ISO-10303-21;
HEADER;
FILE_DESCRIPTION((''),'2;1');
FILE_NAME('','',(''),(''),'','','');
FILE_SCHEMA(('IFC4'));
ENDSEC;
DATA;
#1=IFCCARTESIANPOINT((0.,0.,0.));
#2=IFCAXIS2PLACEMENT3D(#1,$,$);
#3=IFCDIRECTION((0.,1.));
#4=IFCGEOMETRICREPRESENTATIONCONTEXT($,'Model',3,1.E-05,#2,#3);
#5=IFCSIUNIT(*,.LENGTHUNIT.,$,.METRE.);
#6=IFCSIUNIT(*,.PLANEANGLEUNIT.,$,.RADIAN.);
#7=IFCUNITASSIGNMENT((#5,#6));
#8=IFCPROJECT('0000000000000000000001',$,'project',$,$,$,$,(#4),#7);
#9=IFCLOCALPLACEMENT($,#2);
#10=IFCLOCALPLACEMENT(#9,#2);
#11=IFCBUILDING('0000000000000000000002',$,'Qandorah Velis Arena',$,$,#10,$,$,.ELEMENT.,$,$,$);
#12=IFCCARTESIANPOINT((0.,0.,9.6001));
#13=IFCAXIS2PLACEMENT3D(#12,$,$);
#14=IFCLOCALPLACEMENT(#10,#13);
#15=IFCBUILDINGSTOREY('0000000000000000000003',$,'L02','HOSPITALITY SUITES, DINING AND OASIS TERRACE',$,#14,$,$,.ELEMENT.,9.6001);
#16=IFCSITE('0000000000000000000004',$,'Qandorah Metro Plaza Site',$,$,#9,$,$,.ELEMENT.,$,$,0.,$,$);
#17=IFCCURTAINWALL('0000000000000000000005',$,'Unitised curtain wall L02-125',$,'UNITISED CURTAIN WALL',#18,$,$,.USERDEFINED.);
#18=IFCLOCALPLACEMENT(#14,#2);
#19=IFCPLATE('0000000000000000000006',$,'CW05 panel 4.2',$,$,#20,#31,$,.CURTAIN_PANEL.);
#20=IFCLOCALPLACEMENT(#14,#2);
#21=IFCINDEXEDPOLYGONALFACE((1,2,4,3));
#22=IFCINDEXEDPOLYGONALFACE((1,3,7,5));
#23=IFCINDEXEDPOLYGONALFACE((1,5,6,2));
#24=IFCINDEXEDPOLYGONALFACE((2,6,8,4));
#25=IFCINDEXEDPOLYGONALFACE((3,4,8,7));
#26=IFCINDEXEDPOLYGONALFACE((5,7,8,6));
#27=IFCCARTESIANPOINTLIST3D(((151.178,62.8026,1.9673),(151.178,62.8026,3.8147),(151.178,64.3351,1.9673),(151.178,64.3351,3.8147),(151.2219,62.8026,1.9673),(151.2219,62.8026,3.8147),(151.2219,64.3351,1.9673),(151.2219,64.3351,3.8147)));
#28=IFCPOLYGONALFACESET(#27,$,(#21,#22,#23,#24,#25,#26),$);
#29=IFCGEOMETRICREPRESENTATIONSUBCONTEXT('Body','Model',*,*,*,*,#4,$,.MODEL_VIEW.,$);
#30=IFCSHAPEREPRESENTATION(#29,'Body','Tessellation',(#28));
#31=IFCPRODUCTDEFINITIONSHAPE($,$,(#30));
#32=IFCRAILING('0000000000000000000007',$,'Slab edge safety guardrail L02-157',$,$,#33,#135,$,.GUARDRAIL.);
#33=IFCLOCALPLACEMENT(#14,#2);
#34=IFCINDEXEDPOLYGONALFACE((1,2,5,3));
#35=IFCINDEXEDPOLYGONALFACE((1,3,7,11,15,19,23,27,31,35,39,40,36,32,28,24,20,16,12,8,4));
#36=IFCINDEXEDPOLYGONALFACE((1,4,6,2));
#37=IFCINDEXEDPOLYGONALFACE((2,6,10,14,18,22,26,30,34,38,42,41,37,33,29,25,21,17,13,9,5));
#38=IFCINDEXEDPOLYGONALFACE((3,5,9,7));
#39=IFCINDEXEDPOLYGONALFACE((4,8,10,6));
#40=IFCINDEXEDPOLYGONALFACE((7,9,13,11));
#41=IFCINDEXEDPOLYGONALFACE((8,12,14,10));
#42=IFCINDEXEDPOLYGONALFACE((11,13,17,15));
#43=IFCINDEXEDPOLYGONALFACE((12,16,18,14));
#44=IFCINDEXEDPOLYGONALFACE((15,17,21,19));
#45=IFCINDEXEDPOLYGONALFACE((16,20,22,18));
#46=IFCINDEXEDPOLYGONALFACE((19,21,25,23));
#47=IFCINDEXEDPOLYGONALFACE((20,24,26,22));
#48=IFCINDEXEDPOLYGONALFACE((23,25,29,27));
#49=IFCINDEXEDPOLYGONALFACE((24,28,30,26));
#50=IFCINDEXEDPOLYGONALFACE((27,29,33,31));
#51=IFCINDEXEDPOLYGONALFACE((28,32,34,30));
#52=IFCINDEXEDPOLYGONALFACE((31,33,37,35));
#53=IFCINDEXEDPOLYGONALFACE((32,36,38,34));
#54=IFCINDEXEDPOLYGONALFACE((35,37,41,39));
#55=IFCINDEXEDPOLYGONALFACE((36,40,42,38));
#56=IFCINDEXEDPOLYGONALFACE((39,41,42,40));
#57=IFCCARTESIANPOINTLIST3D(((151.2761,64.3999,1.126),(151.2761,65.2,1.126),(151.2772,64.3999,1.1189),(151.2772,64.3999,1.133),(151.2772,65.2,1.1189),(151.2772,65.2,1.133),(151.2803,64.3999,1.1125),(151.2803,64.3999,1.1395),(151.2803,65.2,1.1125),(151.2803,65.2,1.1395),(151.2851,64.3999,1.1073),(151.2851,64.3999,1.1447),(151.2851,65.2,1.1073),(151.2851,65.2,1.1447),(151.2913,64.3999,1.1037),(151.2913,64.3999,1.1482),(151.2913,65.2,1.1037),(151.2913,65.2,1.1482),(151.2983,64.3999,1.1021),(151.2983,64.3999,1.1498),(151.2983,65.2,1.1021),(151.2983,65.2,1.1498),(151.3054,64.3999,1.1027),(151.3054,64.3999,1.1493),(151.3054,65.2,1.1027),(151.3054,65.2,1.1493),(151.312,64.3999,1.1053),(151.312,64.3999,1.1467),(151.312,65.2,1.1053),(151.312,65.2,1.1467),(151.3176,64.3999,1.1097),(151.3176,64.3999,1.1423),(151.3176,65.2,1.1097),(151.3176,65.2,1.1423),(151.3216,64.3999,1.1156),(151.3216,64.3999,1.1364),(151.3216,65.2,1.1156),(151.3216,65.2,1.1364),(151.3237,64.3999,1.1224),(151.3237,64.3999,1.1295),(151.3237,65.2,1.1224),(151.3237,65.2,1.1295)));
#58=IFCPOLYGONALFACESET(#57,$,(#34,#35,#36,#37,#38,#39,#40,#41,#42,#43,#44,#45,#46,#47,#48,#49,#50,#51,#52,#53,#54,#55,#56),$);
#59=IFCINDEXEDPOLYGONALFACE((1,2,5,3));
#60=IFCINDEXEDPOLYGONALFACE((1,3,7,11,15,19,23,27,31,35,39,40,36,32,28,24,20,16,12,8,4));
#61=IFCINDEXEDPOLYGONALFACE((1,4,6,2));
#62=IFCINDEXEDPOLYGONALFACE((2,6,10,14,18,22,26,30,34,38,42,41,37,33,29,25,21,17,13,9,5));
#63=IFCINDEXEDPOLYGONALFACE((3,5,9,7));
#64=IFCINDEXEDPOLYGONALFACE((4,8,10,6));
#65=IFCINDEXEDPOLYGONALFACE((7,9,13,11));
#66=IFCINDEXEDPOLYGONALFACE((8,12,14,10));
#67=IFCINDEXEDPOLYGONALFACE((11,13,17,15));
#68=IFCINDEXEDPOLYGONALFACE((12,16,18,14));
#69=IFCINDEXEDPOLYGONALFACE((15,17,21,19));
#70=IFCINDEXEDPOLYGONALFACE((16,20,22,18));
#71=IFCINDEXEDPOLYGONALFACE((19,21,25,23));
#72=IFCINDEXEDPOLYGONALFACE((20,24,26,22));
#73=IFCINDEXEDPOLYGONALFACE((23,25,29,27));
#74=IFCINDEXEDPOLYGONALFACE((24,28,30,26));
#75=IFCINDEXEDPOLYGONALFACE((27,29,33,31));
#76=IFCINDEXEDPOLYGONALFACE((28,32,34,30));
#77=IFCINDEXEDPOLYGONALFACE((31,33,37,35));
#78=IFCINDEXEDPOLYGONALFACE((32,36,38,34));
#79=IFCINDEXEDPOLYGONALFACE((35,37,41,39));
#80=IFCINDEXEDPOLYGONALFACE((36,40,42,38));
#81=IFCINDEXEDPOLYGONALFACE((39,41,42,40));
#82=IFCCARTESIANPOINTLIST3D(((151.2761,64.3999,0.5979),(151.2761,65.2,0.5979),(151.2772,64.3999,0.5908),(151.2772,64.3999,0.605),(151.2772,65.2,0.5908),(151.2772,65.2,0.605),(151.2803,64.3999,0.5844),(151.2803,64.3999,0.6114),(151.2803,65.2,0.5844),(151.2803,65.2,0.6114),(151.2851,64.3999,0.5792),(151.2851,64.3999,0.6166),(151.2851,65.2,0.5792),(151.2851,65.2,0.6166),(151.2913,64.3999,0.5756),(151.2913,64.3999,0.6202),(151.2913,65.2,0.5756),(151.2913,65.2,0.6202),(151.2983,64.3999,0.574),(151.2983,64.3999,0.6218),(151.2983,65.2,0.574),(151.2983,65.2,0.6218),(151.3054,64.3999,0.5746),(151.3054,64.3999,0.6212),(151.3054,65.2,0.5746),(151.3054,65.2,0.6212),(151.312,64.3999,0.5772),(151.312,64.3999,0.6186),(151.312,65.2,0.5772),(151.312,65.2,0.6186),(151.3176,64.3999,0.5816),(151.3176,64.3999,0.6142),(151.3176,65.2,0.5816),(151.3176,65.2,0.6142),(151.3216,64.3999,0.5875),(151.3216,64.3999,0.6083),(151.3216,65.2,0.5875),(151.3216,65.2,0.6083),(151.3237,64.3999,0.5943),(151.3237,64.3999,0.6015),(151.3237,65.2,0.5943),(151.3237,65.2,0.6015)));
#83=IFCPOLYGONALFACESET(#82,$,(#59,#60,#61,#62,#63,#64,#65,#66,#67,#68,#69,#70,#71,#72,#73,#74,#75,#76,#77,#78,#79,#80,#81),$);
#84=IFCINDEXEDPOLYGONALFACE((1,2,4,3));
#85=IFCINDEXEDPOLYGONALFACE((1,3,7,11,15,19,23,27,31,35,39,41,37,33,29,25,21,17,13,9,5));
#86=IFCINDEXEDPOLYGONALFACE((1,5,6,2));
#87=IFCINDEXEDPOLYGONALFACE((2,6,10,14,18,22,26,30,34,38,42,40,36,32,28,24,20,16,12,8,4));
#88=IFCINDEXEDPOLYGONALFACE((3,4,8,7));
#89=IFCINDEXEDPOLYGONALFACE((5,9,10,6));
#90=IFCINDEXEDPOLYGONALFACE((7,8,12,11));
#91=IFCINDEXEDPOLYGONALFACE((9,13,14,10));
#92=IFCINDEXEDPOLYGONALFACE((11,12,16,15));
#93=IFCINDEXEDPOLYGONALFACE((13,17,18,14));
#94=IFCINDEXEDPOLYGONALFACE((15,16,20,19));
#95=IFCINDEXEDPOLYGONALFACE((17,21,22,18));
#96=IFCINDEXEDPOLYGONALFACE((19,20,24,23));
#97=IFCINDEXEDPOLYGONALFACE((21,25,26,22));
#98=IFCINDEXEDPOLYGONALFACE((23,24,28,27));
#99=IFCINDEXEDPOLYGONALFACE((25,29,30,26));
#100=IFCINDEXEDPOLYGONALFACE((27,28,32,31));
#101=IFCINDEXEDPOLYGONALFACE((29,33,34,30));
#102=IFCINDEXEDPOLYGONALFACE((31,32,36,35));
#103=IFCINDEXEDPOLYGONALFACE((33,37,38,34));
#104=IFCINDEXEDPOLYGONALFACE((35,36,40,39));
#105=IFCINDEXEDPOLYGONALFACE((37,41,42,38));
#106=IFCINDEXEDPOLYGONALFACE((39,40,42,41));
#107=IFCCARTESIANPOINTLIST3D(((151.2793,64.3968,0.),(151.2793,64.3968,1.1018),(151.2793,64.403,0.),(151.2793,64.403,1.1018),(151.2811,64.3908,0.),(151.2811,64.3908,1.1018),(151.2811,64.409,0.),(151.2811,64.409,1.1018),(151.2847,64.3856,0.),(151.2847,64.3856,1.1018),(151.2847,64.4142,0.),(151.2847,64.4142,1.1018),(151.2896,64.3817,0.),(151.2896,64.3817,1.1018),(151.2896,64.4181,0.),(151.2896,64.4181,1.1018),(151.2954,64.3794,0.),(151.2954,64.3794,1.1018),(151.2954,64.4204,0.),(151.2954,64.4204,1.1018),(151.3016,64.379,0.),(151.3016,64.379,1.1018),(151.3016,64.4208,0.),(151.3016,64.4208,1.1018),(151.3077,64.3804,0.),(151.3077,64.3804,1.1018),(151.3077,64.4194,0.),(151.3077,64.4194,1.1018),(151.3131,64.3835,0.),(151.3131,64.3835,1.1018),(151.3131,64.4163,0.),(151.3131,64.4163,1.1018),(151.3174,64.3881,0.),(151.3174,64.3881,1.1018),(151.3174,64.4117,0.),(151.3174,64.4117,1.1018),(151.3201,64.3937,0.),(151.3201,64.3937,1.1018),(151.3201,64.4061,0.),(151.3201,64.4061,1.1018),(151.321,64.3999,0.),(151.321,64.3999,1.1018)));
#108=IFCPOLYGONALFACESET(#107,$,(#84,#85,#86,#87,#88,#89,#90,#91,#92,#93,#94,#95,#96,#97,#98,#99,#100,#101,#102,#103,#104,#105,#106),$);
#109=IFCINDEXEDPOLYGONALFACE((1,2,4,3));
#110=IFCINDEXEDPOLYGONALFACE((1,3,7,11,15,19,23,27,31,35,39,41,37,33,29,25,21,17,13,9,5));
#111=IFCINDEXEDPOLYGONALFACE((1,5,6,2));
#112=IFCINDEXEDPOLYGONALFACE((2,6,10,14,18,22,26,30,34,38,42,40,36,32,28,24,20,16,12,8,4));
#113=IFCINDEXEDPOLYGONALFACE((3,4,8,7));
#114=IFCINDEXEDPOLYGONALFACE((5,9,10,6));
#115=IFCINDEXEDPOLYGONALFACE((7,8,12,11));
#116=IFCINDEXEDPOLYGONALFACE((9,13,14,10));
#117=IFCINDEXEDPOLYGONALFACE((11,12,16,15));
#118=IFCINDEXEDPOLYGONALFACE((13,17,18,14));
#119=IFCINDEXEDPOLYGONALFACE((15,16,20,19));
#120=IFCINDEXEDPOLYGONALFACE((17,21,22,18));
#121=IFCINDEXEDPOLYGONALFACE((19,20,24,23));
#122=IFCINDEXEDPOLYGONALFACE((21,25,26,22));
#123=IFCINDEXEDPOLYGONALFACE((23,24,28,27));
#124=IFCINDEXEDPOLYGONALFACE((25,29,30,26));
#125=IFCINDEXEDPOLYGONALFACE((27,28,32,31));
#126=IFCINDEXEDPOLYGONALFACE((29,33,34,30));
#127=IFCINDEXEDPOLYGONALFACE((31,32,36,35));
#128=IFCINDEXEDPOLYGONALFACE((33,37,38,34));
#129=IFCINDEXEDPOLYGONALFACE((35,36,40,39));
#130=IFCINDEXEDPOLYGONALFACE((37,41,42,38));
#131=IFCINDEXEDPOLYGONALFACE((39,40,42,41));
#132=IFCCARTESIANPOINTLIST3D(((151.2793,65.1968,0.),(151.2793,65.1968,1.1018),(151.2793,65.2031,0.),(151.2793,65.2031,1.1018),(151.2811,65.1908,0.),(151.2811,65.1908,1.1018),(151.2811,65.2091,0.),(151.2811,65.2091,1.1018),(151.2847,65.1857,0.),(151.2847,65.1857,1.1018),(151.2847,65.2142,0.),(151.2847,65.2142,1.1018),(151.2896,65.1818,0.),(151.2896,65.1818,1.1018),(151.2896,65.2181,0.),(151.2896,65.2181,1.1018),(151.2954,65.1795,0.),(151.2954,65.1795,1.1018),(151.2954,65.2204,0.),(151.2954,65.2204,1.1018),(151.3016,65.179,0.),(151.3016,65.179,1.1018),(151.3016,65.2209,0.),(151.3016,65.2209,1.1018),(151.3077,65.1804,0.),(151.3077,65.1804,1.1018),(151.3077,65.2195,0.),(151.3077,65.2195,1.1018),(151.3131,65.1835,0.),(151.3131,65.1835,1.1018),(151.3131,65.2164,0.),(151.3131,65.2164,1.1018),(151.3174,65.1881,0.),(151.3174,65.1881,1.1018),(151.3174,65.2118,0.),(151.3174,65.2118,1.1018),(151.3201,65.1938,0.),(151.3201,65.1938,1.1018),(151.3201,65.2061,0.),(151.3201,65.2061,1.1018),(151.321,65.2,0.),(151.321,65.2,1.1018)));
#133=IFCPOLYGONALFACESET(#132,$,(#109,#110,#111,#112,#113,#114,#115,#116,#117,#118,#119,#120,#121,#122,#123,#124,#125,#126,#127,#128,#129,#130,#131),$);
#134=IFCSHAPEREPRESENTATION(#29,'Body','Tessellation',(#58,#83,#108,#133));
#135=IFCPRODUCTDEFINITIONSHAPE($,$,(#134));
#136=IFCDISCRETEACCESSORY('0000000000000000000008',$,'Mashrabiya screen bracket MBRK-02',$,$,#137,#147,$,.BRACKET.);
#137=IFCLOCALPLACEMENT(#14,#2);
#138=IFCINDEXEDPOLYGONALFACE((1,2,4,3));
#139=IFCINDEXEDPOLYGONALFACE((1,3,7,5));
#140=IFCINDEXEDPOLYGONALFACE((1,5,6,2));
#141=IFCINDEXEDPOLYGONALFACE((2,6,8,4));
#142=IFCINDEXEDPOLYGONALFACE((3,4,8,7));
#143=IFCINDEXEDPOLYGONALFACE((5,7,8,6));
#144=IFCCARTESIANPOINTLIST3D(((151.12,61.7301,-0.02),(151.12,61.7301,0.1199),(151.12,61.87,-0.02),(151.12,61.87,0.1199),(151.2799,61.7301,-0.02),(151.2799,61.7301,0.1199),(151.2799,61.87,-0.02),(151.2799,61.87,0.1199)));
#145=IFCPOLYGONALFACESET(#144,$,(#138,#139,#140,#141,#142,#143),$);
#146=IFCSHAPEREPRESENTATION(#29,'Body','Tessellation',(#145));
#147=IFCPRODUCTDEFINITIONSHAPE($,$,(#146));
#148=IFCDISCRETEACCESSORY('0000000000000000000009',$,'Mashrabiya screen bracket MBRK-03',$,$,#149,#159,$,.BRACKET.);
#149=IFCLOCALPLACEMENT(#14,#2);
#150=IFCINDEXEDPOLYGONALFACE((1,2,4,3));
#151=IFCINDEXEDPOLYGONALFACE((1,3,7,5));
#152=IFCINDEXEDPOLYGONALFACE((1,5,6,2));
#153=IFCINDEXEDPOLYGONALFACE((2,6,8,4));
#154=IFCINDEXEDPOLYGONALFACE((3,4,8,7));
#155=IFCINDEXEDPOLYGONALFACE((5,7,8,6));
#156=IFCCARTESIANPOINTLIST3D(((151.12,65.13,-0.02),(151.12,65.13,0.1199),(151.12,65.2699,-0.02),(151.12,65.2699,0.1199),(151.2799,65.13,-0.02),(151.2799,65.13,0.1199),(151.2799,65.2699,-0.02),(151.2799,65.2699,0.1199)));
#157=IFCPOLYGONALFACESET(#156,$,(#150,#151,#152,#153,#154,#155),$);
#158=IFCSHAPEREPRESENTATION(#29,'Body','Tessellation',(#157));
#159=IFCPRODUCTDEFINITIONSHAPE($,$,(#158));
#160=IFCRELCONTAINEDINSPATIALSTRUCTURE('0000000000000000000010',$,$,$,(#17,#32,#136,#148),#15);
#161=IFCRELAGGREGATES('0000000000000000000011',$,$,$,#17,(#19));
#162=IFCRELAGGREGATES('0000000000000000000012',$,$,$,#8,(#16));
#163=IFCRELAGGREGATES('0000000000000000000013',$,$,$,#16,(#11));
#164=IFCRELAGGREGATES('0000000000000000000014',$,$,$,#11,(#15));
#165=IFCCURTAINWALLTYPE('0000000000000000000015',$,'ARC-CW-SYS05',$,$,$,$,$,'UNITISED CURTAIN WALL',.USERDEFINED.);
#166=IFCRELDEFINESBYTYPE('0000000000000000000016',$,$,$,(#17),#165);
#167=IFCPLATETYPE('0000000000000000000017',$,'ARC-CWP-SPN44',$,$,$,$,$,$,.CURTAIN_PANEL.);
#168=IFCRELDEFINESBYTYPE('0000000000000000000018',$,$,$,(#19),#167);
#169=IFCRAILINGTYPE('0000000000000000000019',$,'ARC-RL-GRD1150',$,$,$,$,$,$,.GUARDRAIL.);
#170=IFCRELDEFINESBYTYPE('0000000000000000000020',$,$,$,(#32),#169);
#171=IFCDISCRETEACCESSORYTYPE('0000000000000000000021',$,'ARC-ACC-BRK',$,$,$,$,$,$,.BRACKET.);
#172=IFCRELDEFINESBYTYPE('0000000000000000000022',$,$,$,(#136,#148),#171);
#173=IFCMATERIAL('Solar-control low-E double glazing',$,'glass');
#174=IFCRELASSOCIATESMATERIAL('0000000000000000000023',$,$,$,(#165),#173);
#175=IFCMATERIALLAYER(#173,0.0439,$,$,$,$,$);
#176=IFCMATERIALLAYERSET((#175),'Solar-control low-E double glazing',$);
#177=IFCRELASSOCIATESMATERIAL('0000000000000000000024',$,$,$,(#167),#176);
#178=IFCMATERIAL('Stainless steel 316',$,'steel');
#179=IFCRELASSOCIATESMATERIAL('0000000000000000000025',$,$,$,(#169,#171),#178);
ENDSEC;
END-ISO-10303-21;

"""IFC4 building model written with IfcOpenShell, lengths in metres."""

from ifc_helpers import new_model, si_unit, direction, frame, origin, origin_2d, place, context, subcontext, project, spatial, rectangle, circle, extrude, material, layer, layer_set, type_object, element, aggregate, save


model = new_model("IFC4")

# Units and contexts
model_context = context("Model", 3, precision=1e-05, world=origin(), true_north=direction((0.0, 1.0)))
body_context = subcontext(model_context, "Body", "Model", "MODEL_VIEW")
ifc_project = project(units=[si_unit("LENGTHUNIT", "METRE"), si_unit("PLANEANGLEUNIT", "RADIAN")], contexts=[model_context])

# Site, building, storey
site_placement = place(None, origin())
site = spatial("IfcSite", under=ifc_project, at=site_placement, Name="Qandorah Metro Plaza Site", CompositionType="ELEMENT", RefElevation=0.0)
building_placement = place(site_placement, origin())
building = spatial("IfcBuilding", under=site, at=building_placement, Name="Qandorah Velis Arena", CompositionType="ELEMENT")
storey_placement = place(building_placement, frame((0.0, 0.0, 9.6001)))
storey = spatial("IfcBuildingStorey", under=building, at=storey_placement, Name="L02", Description="HOSPITALITY SUITES, DINING AND OASIS TERRACE", CompositionType="ELEMENT", Elevation=9.6001)

# Shared definitions
ifc_material_1 = material(Name="Solar-control low-E double glazing", Category="glass")

# Curtain wall
curtain_wall_type_1 = type_object("IfcCurtainWallType", Name="ARC-CW-SYS05", ElementType="UNITISED CURTAIN WALL", PredefinedType="USERDEFINED", material=ifc_material_1)
curtain_wall_1_placement = place(storey_placement, origin())
curtain_wall_1 = element("IfcCurtainWall", 1, at=curtain_wall_1_placement, inside=storey, type_object=curtain_wall_type_1, Name="Unitised curtain wall L02-125", ObjectType="UNITISED CURTAIN WALL", PredefinedType="USERDEFINED")

# Plate
ifc_layer = layer(ifc_material_1, 0.0439)
ifc_layer_set = layer_set([ifc_layer], Name="Solar-control low-E double glazing")
plate_type = type_object("IfcPlateType", Name="ARC-CWP-SPN44", PredefinedType="CURTAIN_PANEL", material=ifc_layer_set)
plate_1_placement = place(storey_placement, frame((151.2, 63.5688, 1.9673), z_axis=(0.0, 0.0, 1.0), x_axis=(0.0, 1.0, 0.0)))
plate_1 = element("IfcPlate", 2, at=plate_1_placement, type_object=plate_type, Name="CW05 panel 4.2", PredefinedType="CURTAIN_PANEL", context=body_context, shape_type="SweptSolid", body=[
    extrude(rectangle(XDim=1.5325, YDim=0.0439, at=origin_2d()), origin(), (0.0, 0.0, 1.0), 1.8474),
])
aggregate(curtain_wall_1, [plate_1])

# Railing
ifc_material_2 = material(Name="Stainless steel 316", Category="steel")
railing_type = type_object("IfcRailingType", Name="ARC-RL-GRD1150", PredefinedType="GUARDRAIL", material=ifc_material_2)
railing_placement = place(storey_placement, frame((151.3, 64.3999, 0.0)))
element("IfcRailing", 3, at=railing_placement, inside=storey, type_object=railing_type, Name="Slab edge safety guardrail L02-157", PredefinedType="GUARDRAIL", context=body_context, shape_type="SweptSolid", body=[
    extrude(circle(Radius=0.0239, at=origin_2d()), frame((0.0, 0.0, 1.126), z_axis=(0.0, 1.0, 0.0), x_axis=(-1.0, 0.0, 0.0)), (0.0, 0.0, 1.0), 0.8),
    extrude(circle(Radius=0.0239, at=origin_2d()), frame((0.0, 0.0, 0.5979), z_axis=(0.0, 1.0, 0.0), x_axis=(-1.0, 0.0, 0.0)), (0.0, 0.0, 1.0), 0.8),
    extrude(circle(Radius=0.021, at=origin_2d()), origin(), (0.0, 0.0, 1.0), 1.1018),
    extrude(circle(Radius=0.021, at=origin_2d()), frame((0.0, 0.8, 0.0)), (0.0, 0.0, 1.0), 1.1018),
])

# Discrete accessories
discrete_accessory_type = type_object("IfcDiscreteAccessoryType", Name="ARC-ACC-BRK", PredefinedType="BRACKET", material=ifc_material_2)
for number, where, z_axis, x_axis, name in (
    (4, (151.2, 61.8, -0.02), (0.0, 0.0, 1.0), (1.0, 0.0, 0.0), "Mashrabiya screen bracket MBRK-02"),
    (5, (151.2, 65.2, -0.02), (0.0, 0.0, 1.0), (1.0, 0.0, 0.0), "Mashrabiya screen bracket MBRK-03"),
):
    element("IfcDiscreteAccessory", number, at=place(storey_placement, frame(where, z_axis=z_axis, x_axis=x_axis)), inside=storey, type_object=discrete_accessory_type, Name=name, PredefinedType="BRACKET", context=body_context, shape_type="SweptSolid", body=[
        extrude(rectangle(XDim=0.1599, YDim=0.1399, at=origin_2d()), origin(), (0.0, 0.0, 1.0), 0.1399),
    ])

save(model, "model.ifc")
